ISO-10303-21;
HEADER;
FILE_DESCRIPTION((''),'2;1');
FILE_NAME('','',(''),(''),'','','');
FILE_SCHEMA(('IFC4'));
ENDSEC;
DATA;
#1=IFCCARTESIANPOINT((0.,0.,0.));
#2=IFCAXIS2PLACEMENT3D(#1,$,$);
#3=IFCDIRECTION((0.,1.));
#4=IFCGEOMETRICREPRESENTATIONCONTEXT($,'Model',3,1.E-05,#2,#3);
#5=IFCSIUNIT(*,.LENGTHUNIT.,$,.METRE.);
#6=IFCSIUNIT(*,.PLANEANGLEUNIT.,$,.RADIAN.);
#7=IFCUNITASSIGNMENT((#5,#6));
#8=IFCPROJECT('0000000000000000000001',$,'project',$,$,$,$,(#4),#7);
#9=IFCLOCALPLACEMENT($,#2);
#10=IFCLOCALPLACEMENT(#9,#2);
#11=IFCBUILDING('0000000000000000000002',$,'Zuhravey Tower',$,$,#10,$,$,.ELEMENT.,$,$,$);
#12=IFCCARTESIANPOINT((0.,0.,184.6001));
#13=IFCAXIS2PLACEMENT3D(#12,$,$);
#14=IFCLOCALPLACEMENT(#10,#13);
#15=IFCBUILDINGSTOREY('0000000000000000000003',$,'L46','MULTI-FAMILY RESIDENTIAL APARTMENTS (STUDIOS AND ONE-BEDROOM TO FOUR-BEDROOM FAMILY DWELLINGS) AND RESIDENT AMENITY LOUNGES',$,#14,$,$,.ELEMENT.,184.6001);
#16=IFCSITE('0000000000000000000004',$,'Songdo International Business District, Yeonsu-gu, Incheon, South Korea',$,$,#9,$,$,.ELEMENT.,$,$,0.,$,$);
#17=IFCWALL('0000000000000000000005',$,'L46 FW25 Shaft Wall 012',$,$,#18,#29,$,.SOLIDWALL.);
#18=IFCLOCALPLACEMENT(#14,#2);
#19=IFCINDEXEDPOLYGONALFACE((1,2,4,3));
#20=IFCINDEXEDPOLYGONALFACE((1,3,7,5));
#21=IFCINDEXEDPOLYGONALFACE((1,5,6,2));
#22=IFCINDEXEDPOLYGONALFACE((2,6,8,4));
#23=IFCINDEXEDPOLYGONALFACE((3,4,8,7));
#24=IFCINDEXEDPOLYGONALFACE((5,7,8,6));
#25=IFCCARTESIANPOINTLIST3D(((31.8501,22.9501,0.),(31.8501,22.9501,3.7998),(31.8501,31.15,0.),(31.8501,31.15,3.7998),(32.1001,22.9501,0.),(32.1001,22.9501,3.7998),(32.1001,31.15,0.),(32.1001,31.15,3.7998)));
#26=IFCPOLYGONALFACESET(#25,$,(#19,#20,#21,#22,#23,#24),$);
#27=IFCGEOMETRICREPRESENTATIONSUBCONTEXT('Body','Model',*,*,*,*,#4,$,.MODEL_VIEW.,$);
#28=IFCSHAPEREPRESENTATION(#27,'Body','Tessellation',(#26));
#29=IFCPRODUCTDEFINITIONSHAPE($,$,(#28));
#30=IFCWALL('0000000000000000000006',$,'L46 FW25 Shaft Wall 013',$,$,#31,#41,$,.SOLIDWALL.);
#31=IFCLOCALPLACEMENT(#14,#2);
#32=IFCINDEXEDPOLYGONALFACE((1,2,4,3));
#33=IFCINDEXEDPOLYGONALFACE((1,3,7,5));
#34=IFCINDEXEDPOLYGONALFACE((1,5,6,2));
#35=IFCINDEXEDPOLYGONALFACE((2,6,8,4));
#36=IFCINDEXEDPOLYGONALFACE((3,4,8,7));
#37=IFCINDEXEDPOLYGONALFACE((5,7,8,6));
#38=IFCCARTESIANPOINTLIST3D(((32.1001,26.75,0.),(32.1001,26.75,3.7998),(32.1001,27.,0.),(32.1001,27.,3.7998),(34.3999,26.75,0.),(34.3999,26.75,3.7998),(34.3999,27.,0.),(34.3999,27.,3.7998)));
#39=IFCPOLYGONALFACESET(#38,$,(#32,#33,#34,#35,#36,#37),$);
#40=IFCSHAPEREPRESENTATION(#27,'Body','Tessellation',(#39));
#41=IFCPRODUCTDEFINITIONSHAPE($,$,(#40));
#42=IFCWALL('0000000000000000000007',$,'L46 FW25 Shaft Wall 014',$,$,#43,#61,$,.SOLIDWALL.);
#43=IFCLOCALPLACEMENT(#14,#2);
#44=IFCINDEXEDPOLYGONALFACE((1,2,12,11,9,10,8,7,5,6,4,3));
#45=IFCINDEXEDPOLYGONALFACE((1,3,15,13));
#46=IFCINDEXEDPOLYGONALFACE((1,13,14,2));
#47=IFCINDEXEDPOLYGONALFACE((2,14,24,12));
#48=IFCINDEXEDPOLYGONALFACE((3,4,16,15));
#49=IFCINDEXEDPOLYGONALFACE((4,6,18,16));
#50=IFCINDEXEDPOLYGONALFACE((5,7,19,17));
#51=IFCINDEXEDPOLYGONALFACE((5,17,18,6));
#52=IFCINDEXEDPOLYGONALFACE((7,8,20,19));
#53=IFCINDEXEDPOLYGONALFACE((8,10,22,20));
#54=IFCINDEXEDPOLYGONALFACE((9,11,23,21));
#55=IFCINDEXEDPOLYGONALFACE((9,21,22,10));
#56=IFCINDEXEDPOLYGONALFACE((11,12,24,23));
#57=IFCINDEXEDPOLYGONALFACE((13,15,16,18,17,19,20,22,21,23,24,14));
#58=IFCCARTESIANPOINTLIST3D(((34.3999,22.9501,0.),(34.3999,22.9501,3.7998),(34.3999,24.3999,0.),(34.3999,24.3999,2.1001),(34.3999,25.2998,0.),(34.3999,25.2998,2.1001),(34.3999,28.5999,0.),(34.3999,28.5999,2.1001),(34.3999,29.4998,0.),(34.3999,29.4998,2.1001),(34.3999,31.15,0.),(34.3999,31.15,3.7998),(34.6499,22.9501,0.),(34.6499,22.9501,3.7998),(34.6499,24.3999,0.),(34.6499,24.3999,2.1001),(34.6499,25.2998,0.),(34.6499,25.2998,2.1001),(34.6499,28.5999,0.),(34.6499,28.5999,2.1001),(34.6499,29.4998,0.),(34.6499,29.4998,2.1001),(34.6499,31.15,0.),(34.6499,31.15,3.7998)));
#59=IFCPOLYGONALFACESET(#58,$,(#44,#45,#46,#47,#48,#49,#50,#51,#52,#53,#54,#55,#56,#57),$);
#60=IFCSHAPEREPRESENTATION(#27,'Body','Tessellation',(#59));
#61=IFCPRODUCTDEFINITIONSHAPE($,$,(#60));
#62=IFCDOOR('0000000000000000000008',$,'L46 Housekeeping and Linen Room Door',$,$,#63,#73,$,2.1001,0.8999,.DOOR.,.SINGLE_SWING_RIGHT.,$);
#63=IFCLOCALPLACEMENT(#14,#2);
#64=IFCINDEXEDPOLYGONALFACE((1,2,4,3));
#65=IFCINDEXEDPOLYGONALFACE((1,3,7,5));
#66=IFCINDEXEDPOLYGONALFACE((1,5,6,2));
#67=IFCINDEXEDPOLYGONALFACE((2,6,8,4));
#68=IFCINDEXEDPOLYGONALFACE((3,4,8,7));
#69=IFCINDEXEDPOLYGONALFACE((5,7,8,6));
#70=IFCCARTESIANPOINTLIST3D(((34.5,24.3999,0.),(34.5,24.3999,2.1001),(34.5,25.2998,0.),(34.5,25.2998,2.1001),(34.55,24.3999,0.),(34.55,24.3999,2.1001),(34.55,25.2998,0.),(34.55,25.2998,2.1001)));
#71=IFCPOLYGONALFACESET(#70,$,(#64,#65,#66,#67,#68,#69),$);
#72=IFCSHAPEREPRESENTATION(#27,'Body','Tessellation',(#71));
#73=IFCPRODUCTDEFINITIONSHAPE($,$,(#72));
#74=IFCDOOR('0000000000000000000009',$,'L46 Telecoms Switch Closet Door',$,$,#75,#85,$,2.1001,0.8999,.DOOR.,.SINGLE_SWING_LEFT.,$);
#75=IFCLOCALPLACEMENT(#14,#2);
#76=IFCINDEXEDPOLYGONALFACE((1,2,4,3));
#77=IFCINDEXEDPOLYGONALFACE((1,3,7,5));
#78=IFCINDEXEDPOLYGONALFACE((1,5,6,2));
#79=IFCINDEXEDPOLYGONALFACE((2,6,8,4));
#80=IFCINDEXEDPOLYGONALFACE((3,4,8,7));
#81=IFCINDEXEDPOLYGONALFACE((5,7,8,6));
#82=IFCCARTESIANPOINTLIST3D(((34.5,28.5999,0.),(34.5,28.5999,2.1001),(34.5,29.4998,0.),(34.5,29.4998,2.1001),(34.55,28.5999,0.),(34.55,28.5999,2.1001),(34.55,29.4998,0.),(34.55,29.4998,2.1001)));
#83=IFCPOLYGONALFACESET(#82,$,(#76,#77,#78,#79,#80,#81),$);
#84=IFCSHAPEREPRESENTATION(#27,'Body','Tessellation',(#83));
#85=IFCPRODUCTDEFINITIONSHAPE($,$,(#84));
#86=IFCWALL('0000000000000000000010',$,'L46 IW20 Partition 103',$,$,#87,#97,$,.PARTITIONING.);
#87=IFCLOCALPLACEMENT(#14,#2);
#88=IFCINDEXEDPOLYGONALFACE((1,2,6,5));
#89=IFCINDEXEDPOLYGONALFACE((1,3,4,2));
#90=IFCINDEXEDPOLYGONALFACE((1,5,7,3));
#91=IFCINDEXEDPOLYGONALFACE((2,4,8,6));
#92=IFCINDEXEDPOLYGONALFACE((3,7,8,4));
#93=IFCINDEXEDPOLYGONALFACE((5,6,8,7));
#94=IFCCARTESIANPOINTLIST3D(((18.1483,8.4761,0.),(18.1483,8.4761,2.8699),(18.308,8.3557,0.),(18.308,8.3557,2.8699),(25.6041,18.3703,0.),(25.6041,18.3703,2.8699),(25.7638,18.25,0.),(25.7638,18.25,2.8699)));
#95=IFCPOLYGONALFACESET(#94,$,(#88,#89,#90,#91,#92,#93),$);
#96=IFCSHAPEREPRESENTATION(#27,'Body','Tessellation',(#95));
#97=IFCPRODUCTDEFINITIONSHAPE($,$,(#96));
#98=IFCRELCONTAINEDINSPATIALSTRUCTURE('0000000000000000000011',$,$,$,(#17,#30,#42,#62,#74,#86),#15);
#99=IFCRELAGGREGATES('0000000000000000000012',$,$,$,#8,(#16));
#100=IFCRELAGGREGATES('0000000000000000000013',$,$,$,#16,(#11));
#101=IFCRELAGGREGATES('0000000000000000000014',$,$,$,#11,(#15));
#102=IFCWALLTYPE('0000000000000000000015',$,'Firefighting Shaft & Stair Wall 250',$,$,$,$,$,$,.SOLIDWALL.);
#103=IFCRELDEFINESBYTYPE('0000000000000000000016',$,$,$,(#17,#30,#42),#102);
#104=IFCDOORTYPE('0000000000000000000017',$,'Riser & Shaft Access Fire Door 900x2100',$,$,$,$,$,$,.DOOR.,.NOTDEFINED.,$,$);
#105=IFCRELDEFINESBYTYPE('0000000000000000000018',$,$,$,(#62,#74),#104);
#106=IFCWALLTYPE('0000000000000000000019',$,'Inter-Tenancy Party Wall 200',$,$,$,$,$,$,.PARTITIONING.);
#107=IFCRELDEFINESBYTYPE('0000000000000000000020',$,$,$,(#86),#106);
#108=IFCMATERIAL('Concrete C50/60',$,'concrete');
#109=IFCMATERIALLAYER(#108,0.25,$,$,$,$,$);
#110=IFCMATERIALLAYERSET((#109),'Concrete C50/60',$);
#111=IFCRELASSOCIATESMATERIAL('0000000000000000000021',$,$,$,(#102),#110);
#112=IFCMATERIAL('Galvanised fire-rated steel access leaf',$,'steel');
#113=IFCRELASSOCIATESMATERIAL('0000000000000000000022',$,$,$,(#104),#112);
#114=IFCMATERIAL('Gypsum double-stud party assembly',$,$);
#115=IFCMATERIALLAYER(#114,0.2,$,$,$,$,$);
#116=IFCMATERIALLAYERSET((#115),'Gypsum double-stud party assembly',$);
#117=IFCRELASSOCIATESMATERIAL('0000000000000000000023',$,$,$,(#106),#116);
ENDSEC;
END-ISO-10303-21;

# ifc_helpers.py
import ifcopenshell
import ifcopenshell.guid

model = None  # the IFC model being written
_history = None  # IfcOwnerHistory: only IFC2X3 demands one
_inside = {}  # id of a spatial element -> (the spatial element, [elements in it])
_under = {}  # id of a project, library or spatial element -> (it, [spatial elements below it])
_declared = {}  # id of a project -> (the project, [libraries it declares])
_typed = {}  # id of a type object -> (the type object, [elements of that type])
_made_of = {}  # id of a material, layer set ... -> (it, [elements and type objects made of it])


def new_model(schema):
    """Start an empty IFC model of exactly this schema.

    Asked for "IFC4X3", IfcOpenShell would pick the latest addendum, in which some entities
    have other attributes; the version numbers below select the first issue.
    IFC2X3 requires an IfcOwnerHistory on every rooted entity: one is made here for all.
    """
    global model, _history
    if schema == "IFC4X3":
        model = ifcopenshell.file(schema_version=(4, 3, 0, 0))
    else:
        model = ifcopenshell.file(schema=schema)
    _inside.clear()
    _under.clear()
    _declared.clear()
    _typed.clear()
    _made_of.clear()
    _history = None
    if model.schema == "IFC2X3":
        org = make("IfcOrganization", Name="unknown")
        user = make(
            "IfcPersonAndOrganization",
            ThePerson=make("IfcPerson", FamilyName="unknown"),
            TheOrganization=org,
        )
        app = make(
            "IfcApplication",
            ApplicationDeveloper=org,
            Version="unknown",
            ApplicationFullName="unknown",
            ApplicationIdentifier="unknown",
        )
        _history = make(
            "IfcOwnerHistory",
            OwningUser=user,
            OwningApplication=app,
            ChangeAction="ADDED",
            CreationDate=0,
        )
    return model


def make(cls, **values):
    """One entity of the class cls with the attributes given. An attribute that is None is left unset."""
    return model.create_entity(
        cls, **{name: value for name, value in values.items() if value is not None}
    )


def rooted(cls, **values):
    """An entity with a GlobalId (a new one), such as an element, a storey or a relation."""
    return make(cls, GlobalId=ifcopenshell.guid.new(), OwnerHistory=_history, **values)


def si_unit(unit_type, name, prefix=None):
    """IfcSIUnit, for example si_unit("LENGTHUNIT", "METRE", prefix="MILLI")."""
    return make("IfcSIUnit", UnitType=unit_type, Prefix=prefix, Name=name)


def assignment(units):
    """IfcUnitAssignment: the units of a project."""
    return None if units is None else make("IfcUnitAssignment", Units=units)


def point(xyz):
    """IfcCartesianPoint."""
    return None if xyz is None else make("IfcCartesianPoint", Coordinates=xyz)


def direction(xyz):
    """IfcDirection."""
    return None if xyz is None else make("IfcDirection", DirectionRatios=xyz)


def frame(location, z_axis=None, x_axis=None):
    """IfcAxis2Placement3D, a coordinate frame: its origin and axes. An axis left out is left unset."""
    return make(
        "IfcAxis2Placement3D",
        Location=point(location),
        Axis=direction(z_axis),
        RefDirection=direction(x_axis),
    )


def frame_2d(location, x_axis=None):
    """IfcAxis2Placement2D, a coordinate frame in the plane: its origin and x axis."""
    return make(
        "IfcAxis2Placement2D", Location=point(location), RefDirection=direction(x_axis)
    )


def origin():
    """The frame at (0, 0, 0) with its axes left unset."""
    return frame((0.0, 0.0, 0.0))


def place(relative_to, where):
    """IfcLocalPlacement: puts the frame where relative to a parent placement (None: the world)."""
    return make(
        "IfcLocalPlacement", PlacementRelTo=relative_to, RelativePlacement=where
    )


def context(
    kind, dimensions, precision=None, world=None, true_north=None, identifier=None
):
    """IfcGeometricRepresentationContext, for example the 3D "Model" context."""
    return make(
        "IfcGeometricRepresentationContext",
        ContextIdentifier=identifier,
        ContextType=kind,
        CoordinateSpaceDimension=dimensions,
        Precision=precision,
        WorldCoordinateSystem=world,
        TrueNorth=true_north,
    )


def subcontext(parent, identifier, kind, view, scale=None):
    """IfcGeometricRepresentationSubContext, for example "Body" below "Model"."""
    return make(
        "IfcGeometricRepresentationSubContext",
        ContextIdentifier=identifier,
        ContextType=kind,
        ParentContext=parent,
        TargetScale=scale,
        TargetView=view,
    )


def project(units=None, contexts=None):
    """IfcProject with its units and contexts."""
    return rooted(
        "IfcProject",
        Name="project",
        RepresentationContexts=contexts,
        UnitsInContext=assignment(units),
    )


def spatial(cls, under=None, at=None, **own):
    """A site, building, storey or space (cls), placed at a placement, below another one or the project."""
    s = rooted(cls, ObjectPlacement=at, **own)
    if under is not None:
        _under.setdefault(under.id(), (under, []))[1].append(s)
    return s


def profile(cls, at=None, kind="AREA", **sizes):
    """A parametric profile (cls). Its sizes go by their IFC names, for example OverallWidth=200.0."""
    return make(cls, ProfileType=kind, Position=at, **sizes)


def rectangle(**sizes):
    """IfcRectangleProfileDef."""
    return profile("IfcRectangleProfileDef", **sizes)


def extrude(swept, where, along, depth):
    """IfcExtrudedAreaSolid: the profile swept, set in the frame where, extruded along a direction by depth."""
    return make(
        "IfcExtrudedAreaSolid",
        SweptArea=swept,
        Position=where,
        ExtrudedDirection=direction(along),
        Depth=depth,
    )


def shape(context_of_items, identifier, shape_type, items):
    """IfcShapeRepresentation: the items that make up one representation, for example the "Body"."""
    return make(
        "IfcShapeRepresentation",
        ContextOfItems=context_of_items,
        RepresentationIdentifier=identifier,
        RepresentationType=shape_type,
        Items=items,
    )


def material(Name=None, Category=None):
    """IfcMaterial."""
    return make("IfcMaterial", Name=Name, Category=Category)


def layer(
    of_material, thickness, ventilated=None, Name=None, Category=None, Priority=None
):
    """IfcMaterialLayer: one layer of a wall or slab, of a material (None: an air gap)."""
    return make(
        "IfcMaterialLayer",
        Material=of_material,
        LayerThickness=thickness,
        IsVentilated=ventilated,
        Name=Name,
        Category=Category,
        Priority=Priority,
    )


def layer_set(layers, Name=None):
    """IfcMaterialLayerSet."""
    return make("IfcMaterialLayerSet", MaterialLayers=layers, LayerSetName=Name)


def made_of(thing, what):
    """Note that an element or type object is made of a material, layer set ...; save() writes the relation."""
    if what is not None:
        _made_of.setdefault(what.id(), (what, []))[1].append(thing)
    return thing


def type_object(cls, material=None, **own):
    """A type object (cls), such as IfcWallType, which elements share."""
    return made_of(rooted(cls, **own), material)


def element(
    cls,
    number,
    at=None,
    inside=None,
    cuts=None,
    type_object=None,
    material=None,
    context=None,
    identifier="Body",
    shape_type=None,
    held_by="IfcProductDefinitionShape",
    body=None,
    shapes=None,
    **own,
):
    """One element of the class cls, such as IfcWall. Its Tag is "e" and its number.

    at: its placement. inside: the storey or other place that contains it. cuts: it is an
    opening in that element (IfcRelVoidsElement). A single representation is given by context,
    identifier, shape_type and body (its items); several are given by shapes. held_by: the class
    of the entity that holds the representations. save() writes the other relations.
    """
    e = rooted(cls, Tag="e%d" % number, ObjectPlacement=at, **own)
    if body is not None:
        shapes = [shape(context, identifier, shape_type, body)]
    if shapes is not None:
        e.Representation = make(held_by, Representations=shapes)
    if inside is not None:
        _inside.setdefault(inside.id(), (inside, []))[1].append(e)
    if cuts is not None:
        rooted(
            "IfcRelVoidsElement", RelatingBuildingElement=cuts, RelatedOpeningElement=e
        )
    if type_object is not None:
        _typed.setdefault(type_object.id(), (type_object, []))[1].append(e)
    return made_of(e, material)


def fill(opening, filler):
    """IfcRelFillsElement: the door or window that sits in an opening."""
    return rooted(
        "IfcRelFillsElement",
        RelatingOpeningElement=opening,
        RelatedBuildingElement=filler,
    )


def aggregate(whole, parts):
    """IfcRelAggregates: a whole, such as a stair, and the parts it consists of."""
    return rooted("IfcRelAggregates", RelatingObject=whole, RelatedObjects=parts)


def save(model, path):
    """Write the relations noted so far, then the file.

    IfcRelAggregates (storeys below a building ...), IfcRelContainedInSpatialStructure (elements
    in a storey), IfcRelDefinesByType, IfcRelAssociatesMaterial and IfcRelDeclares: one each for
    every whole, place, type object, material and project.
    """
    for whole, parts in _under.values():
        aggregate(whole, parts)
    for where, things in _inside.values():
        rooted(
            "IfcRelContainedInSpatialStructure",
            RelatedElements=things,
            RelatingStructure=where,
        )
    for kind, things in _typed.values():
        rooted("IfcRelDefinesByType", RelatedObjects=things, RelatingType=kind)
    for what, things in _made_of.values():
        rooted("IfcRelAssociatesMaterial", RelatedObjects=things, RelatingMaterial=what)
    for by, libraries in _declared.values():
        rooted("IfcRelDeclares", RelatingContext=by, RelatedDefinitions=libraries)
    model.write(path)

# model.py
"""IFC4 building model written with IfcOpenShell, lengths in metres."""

from ifc_helpers import new_model, si_unit, direction, frame, frame_2d, origin, place, context, subcontext, project, spatial, rectangle, extrude, material, layer, layer_set, type_object, element, fill, save


model = new_model("IFC4")

# Units and contexts
model_context = context("Model", 3, precision=1e-05, world=origin(), true_north=direction((0.0, 1.0)))
body_context = subcontext(model_context, "Body", "Model", "MODEL_VIEW")
ifc_project = project(units=[si_unit("LENGTHUNIT", "METRE"), si_unit("PLANEANGLEUNIT", "RADIAN")], contexts=[model_context])

# Site, building, storey
site_placement = place(None, origin())
site = spatial("IfcSite", under=ifc_project, at=site_placement, Name="Songdo International Business District, Yeonsu-gu, Incheon, South Korea", CompositionType="ELEMENT", RefElevation=0.0)
building_placement = place(site_placement, origin())
building = spatial("IfcBuilding", under=site, at=building_placement, Name="Zuhravey Tower", CompositionType="ELEMENT")
storey_placement = place(building_placement, frame((0.0, 0.0, 184.6001)))
storey = spatial("IfcBuildingStorey", under=building, at=storey_placement, Name="L46", Description="MULTI-FAMILY RESIDENTIAL APARTMENTS (STUDIOS AND ONE-BEDROOM TO FOUR-BEDROOM FAMILY DWELLINGS) AND RESIDENT AMENITY LOUNGES", CompositionType="ELEMENT", Elevation=184.6001)

# Shared definitions
ifc_material_1 = material(Name="Concrete C50/60", Category="concrete")
ifc_layer_1 = layer(ifc_material_1, 0.25)
ifc_layer_set_1 = layer_set([ifc_layer_1], Name="Concrete C50/60")
wall_type_1 = type_object("IfcWallType", Name="Firefighting Shaft & Stair Wall 250", PredefinedType="SOLIDWALL", material=ifc_layer_set_1)

# Shared definitions
ifc_material_2 = material(Name="Galvanised fire-rated steel access leaf", Category="steel")
door_type_1 = type_object("IfcDoorType", Name="Riser & Shaft Access Fire Door 900x2100", OperationType="NOTDEFINED", PredefinedType="DOOR", material=ifc_material_2)

# Walls
wall_1_placement = place(storey_placement, frame((31.9751, 22.95, 0.0), z_axis=(0.0, 0.0, 1.0), x_axis=(0.0, 1.0, 0.0)))
element("IfcWall", 1, at=wall_1_placement, inside=storey, type_object=wall_type_1, Name="L46 FW25 Shaft Wall 012", PredefinedType="SOLIDWALL", context=body_context, shape_type="SweptSolid", body=[
    extrude(rectangle(XDim=8.2, YDim=0.25, at=frame_2d((4.1001, 0.0))), origin(), (0.0, 0.0, 1.0), 3.7998),
])
wall_2_placement = place(storey_placement, frame((32.1001, 26.875, 0.0), z_axis=(0.0, 0.0, 1.0), x_axis=(1.0, 0.0, 0.0)))
element("IfcWall", 2, at=wall_2_placement, inside=storey, type_object=wall_type_1, Name="L46 FW25 Shaft Wall 013", PredefinedType="SOLIDWALL", context=body_context, shape_type="SweptSolid", body=[
    extrude(rectangle(XDim=2.2998, YDim=0.25, at=frame_2d((1.1499, 0.0))), origin(), (0.0, 0.0, 1.0), 3.7998),
])

# Wall, openings, doors
wall_3_placement = place(storey_placement, frame((34.5249, 22.95, 0.0), z_axis=(0.0, 0.0, 1.0), x_axis=(0.0, 1.0, 0.0)))
wall_3 = element("IfcWall", 3, at=wall_3_placement, inside=storey, type_object=wall_type_1, Name="L46 FW25 Shaft Wall 014", PredefinedType="SOLIDWALL", context=body_context, shape_type="SweptSolid", body=[
    extrude(rectangle(XDim=8.2, YDim=0.25, at=frame_2d((4.1001, 0.0))), origin(), (0.0, 0.0, 1.0), 3.7998),
])
opening_1_placement = place(wall_3_placement, frame((1.45, 0.0, 0.0)))
opening_1 = element("IfcOpeningElement", 4, at=opening_1_placement, cuts=wall_3, PredefinedType="OPENING", context=body_context, shape_type="SweptSolid", body=[
    extrude(rectangle(XDim=0.8999, YDim=2.1001, at=frame_2d((0.45, 1.05))), frame((0.0, 0.137, 0.0), z_axis=(0.0, -1.0, 0.0), x_axis=(1.0, 0.0, 0.0)), (0.0, 0.0, 1.0), 0.2739),
])
opening_2_placement = place(wall_3_placement, frame((5.6499, 0.0, 0.0)))
opening_2 = element("IfcOpeningElement", 5, at=opening_2_placement, cuts=wall_3, PredefinedType="OPENING", context=body_context, shape_type="SweptSolid", body=[
    extrude(rectangle(XDim=0.8999, YDim=2.1001, at=frame_2d((0.45, 1.05))), frame((0.0, 0.137, 0.0), z_axis=(0.0, -1.0, 0.0), x_axis=(1.0, 0.0, 0.0)), (0.0, 0.0, 1.0), 0.2739),
])
door_1_placement = place(opening_1_placement, origin())
door_1 = element("IfcDoor", 6, at=door_1_placement, inside=storey, type_object=door_type_1, Name="L46 Housekeeping and Linen Room Door", OperationType="SINGLE_SWING_RIGHT", OverallHeight=2.1001, OverallWidth=0.8999, PredefinedType="DOOR", context=body_context, shape_type="SweptSolid", body=[
    extrude(rectangle(XDim=0.8999, YDim=2.1001, at=frame_2d((0.45, 1.05))), frame((0.0, 0.0249, 0.0), z_axis=(0.0, -1.0, 0.0), x_axis=(1.0, 0.0, 0.0)), (0.0, 0.0, 1.0), 0.05),
])
fill(opening_1, door_1)
door_2_placement = place(opening_2_placement, origin())
door_2 = element("IfcDoor", 7, at=door_2_placement, inside=storey, type_object=door_type_1, Name="L46 Telecoms Switch Closet Door", OperationType="SINGLE_SWING_LEFT", OverallHeight=2.1001, OverallWidth=0.8999, PredefinedType="DOOR", context=body_context, shape_type="SweptSolid", body=[
    extrude(rectangle(XDim=0.8999, YDim=2.1001, at=frame_2d((0.45, 1.05))), frame((0.0, 0.0249, 0.0), z_axis=(0.0, -1.0, 0.0), x_axis=(1.0, 0.0, 0.0)), (0.0, 0.0, 1.0), 0.05),
])
fill(opening_2, door_2)

# Wall
ifc_material_3 = material(Name="Gypsum double-stud party assembly")
ifc_layer_2 = layer(ifc_material_3, 0.2)
ifc_layer_set_2 = layer_set([ifc_layer_2], Name="Gypsum double-stud party assembly")
wall_type_2 = type_object("IfcWallType", Name="Inter-Tenancy Party Wall 200", PredefinedType="PARTITIONING", material=ifc_layer_set_2)
wall_4_placement = place(storey_placement, frame((25.6838, 18.3101, 0.0), z_axis=(0.0, 0.0, 1.0), x_axis=(-0.601811, -0.798638, 0.0)))
element("IfcWall", 8, at=wall_4_placement, inside=storey, type_object=wall_type_2, Name="L46 IW20 Partition 103", PredefinedType="PARTITIONING", context=body_context, shape_type="SweptSolid", body=[
    extrude(rectangle(XDim=12.3889, YDim=0.2, at=frame_2d((6.1943, 0.0))), origin(), (0.0, 0.0, 1.0), 2.8699),
])

save(model, "model.ifc")
